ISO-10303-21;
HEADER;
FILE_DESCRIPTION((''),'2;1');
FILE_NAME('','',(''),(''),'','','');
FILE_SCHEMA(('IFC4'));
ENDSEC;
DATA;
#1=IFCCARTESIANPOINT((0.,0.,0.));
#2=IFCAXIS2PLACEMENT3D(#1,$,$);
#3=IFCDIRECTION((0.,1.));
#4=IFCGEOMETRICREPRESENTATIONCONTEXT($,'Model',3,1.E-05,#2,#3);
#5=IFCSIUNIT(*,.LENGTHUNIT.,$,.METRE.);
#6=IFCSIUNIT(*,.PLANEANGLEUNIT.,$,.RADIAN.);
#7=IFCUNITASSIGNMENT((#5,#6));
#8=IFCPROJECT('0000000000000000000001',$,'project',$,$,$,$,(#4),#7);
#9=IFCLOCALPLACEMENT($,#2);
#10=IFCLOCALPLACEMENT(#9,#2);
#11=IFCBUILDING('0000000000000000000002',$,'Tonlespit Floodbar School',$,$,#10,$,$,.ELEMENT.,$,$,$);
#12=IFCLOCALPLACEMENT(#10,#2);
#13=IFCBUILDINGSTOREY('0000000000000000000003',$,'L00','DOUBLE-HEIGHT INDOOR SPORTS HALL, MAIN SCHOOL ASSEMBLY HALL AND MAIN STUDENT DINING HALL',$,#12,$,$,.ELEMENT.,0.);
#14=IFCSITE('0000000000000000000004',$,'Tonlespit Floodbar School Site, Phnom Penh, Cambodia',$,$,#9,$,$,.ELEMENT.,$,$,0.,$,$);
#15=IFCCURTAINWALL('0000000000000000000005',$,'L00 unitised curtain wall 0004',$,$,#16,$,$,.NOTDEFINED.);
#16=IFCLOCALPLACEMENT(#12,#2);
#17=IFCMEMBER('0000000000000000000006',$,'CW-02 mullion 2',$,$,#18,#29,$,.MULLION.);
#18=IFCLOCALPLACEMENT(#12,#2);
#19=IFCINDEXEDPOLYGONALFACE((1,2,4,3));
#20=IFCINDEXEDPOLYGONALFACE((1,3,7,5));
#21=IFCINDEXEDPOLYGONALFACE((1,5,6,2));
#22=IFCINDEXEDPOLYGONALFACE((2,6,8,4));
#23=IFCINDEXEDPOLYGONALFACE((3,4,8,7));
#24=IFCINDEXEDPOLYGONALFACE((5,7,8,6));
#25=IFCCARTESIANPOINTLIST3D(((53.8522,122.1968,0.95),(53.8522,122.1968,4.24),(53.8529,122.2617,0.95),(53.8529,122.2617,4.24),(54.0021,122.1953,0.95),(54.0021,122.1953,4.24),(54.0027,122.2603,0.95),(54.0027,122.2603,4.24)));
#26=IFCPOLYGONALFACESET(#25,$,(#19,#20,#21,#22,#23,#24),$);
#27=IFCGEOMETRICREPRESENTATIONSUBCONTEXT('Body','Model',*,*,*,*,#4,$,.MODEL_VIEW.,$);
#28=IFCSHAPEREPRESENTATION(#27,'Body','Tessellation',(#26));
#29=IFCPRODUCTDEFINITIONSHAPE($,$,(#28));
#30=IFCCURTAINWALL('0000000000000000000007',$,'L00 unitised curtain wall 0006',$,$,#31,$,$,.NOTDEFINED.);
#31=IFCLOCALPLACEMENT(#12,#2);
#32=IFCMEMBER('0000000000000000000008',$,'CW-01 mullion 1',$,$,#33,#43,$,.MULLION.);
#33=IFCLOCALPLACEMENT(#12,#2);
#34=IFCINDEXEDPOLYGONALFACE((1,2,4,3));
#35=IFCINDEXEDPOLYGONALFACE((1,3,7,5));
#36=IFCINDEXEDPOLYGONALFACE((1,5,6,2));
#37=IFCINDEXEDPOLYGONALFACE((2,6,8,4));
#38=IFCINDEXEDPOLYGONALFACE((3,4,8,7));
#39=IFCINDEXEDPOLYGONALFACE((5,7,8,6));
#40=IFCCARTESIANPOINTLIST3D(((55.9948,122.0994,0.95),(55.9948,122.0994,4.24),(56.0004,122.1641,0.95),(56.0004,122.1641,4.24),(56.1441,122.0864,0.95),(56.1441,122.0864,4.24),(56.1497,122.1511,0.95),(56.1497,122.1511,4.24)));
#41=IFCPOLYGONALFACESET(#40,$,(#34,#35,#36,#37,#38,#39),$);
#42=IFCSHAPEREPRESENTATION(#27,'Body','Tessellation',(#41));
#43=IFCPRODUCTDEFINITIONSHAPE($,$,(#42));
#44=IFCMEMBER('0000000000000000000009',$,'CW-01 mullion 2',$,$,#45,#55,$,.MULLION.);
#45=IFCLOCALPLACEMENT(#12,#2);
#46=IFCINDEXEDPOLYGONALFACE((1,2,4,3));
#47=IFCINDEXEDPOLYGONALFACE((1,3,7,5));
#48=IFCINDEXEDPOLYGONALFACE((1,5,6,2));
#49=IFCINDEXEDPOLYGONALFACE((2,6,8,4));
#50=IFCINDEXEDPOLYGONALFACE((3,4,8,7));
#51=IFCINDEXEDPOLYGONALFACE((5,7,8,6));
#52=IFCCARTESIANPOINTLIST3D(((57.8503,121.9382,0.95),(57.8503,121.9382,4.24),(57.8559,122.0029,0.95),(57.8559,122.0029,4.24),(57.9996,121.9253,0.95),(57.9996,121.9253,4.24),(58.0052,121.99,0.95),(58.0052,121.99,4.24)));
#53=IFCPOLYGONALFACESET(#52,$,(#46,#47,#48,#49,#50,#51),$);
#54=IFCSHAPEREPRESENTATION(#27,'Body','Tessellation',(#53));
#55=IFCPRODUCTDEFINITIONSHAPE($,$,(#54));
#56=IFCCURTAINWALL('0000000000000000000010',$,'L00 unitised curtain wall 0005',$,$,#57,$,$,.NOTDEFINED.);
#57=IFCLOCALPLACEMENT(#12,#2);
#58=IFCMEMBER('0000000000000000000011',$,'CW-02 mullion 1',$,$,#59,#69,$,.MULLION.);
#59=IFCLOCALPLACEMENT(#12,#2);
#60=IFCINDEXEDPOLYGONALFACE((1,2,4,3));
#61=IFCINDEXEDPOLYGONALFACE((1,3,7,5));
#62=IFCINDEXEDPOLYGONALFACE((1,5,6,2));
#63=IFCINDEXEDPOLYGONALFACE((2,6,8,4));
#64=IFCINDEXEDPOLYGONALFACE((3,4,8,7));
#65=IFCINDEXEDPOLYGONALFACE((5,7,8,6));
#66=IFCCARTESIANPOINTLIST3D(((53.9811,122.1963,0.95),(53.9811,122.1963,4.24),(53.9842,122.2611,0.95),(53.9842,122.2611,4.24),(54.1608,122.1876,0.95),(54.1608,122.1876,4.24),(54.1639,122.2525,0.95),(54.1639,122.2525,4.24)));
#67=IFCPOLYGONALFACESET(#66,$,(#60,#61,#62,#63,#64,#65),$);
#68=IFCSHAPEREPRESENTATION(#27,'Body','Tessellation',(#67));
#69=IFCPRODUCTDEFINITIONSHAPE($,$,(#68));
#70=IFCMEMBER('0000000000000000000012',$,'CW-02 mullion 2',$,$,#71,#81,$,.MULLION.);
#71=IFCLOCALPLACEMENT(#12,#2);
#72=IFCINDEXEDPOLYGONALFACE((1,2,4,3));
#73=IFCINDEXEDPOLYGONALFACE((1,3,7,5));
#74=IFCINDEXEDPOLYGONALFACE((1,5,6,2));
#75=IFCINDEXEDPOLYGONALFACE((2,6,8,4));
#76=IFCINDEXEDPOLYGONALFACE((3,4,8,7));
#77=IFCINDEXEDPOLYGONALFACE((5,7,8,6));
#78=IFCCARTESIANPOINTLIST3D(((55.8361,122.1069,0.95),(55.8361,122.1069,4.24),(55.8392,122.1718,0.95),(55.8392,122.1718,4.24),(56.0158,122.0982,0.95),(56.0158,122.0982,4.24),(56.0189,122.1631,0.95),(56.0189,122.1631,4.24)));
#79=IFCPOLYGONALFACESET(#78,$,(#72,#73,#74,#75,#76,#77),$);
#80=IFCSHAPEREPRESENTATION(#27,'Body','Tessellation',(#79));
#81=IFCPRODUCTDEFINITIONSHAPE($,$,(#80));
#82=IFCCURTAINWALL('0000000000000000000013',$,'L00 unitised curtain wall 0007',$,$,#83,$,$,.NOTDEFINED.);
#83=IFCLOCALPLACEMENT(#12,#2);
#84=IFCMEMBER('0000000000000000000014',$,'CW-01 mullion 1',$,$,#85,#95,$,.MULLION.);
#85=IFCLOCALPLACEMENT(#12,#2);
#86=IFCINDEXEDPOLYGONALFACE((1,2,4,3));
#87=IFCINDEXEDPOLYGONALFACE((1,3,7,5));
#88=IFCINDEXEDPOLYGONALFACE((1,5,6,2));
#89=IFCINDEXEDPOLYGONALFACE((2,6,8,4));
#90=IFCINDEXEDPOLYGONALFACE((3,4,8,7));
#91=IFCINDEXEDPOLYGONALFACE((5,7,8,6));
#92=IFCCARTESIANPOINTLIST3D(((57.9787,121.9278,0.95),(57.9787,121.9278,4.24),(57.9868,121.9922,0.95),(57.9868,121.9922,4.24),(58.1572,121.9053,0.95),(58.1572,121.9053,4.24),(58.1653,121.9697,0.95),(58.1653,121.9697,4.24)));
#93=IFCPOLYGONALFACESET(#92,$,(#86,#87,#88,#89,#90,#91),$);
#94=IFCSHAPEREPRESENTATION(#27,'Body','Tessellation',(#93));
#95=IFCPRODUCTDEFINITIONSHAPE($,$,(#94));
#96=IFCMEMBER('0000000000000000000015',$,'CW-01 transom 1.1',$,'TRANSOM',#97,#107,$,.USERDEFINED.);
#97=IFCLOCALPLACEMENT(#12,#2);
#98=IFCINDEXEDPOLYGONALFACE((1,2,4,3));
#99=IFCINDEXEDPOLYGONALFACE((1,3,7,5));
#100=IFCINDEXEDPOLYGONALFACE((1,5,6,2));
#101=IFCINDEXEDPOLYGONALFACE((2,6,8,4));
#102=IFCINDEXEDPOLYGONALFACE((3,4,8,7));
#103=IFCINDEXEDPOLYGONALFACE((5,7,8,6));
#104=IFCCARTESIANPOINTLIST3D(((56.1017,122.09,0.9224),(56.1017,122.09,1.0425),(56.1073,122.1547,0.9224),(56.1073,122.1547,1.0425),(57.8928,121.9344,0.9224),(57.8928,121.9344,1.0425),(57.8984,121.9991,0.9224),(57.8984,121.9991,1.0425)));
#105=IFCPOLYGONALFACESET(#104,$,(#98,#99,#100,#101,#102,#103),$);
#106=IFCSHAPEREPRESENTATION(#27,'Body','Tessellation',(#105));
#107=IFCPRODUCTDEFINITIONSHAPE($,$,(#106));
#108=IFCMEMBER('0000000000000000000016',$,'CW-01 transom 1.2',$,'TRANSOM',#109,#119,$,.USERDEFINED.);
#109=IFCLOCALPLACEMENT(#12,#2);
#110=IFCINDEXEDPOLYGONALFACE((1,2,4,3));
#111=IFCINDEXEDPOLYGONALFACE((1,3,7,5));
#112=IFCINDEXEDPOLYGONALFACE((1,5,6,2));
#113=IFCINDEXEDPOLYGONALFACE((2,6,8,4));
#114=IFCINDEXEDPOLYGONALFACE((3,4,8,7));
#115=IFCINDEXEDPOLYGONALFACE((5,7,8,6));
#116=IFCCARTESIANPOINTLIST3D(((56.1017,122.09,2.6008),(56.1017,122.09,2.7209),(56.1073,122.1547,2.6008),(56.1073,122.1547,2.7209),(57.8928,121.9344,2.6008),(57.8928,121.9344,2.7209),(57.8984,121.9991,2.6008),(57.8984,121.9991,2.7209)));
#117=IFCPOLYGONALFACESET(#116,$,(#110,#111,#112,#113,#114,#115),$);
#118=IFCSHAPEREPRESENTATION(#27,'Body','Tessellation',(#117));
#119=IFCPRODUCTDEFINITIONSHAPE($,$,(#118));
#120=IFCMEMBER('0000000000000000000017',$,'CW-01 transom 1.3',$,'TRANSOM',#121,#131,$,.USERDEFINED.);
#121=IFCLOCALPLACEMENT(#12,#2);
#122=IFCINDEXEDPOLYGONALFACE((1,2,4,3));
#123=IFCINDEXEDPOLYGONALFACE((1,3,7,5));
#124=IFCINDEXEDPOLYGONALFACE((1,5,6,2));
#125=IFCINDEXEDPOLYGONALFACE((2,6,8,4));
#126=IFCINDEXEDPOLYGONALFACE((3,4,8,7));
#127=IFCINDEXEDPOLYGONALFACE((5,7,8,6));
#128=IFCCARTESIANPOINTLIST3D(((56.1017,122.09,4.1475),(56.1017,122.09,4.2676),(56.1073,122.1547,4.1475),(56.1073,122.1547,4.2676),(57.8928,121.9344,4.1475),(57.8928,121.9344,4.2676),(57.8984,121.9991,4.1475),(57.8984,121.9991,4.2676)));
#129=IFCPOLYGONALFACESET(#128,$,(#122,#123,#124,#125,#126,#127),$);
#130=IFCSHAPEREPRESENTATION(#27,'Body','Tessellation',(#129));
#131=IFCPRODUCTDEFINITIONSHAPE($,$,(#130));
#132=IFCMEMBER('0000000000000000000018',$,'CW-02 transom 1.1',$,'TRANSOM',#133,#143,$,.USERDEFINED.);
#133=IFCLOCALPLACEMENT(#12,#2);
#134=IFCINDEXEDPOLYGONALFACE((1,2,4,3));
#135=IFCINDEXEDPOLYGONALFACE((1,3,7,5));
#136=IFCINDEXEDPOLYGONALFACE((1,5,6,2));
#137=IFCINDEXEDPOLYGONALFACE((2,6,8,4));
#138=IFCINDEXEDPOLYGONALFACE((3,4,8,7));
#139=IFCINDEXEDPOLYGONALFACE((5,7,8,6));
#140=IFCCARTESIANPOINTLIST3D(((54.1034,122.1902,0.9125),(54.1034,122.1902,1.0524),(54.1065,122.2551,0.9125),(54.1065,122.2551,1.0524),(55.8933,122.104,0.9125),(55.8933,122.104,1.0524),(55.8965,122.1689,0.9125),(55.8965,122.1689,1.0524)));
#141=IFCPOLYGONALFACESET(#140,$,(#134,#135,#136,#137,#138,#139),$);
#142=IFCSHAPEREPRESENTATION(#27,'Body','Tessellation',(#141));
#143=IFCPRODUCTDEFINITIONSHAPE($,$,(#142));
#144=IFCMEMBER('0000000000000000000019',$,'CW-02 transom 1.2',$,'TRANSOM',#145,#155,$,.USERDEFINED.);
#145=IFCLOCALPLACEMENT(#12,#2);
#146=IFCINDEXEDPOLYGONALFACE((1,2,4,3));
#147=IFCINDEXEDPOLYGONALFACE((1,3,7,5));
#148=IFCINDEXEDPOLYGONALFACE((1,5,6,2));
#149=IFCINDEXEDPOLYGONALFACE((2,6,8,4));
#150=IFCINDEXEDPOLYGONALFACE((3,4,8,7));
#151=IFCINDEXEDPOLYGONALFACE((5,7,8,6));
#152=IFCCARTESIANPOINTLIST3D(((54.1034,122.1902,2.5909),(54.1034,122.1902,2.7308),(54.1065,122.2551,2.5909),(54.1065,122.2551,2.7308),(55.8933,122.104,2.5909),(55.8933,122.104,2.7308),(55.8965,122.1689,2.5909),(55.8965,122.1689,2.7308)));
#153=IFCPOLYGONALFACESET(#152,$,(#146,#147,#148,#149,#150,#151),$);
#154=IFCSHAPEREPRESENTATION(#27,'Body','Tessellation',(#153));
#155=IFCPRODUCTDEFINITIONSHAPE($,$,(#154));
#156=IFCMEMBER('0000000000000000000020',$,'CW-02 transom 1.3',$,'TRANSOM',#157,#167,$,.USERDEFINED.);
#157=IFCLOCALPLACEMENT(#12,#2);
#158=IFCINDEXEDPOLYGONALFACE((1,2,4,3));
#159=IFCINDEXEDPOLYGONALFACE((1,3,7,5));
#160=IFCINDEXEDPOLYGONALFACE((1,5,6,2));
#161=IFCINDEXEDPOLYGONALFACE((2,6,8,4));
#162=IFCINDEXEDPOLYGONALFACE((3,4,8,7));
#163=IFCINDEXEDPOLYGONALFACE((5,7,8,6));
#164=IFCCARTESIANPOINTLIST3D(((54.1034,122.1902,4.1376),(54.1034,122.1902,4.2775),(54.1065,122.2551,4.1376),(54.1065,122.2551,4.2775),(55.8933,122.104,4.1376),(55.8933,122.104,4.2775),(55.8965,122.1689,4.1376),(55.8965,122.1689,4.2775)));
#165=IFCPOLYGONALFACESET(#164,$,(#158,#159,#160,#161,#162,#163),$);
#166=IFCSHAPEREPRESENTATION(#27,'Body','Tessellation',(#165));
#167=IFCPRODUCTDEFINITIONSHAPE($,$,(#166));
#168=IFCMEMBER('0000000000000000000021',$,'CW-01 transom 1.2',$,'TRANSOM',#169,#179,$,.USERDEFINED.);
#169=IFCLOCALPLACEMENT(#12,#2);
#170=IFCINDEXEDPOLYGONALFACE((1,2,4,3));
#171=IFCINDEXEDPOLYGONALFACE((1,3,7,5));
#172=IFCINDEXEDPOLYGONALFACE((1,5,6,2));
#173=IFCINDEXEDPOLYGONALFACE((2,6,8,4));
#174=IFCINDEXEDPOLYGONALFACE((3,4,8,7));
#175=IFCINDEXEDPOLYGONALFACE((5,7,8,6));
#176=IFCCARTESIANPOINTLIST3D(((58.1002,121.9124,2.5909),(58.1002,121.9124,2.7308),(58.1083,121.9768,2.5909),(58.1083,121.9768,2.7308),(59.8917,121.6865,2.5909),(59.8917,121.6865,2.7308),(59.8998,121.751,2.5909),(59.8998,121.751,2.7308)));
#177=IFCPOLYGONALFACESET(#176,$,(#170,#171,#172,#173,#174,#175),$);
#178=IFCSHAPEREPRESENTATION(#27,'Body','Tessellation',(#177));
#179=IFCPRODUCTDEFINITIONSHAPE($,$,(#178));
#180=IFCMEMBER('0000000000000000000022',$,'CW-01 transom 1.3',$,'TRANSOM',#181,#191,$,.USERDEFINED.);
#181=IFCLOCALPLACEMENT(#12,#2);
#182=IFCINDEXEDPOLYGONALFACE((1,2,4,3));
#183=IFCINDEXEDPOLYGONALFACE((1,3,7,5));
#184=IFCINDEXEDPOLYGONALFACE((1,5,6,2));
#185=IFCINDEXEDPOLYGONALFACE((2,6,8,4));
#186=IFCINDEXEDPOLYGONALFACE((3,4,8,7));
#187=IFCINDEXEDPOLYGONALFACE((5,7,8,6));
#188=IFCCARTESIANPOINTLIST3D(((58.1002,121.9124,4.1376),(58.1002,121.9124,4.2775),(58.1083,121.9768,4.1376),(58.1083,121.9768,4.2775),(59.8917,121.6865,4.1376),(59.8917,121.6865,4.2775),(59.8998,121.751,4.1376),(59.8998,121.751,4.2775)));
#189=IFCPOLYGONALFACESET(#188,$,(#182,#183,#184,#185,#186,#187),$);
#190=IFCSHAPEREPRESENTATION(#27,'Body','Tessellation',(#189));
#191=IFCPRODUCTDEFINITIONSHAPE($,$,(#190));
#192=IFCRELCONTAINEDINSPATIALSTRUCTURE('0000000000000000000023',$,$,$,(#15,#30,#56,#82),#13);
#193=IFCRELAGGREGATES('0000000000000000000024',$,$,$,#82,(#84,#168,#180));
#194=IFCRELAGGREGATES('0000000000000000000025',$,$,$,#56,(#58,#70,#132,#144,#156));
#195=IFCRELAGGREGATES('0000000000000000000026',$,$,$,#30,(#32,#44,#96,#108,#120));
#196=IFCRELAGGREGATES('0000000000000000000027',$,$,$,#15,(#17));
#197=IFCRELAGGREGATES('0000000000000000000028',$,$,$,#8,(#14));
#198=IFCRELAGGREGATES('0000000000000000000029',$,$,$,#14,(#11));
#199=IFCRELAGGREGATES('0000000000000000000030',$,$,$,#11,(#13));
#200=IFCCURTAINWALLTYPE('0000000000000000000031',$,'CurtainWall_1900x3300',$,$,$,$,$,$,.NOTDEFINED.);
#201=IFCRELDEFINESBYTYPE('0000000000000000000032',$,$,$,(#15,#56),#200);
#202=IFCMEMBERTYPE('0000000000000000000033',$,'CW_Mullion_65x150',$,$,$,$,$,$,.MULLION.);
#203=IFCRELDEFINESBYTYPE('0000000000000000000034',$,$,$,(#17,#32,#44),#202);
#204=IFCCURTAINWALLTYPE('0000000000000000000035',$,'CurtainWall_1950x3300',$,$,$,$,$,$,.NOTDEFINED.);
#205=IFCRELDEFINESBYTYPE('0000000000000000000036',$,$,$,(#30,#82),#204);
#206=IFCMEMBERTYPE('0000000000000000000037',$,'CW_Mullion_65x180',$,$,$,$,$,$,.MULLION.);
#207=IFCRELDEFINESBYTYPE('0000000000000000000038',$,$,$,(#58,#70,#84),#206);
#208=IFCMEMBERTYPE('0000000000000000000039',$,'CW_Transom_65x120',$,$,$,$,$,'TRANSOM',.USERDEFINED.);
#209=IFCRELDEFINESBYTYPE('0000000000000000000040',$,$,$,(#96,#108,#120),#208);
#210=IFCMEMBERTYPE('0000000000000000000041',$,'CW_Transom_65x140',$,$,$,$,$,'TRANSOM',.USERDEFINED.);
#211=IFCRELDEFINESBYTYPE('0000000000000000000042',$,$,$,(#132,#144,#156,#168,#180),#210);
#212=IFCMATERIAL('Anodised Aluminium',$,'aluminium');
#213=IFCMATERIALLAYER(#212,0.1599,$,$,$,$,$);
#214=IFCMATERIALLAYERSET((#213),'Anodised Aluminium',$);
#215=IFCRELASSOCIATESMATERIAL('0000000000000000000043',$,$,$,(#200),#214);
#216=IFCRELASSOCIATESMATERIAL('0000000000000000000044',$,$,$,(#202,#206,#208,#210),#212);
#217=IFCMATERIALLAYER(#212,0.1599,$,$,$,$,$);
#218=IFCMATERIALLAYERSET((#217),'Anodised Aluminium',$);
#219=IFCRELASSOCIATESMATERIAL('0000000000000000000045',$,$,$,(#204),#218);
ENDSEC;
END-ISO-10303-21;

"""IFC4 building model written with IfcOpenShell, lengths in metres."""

from ifc_helpers import new_model, si_unit, direction, frame, origin, origin_2d, place, context, subcontext, project, spatial, rectangle, extrude, material, layer, layer_set, material_profile, profile_set, type_object, element, aggregate, save


model = new_model("IFC4")

# Units and contexts
model_context = context("Model", 3, precision=1e-05, world=origin(), true_north=direction((0.0, 1.0)))
body_context = subcontext(model_context, "Body", "Model", "MODEL_VIEW")
ifc_project = project(units=[si_unit("LENGTHUNIT", "METRE"), si_unit("PLANEANGLEUNIT", "RADIAN")], contexts=[model_context])

# Site, building, storey
site_placement = place(None, origin())
site = spatial("IfcSite", under=ifc_project, at=site_placement, Name="Tonlespit Floodbar School Site, Phnom Penh, Cambodia", CompositionType="ELEMENT", RefElevation=0.0)
building_placement = place(site_placement, origin())
building = spatial("IfcBuilding", under=site, at=building_placement, Name="Tonlespit Floodbar School", CompositionType="ELEMENT")
storey_placement = place(building_placement, origin())
storey = spatial("IfcBuildingStorey", under=building, at=storey_placement, Name="L00", Description="DOUBLE-HEIGHT INDOOR SPORTS HALL, MAIN SCHOOL ASSEMBLY HALL AND MAIN STUDENT DINING HALL", CompositionType="ELEMENT", Elevation=0.0)

# Curtain wall, member
ifc_material_1 = material(Name="Anodised Aluminium", Category="aluminium")
ifc_layer_1 = layer(ifc_material_1, 0.1599)
ifc_layer_set_1 = layer_set([ifc_layer_1], Name="Anodised Aluminium")
curtain_wall_type_1 = type_object("IfcCurtainWallType", Name="CurtainWall_1900x3300", PredefinedType="NOTDEFINED", material=ifc_layer_set_1)
curtain_wall_1_placement = place(storey_placement, origin())
curtain_wall_1 = element("IfcCurtainWall", 1, at=curtain_wall_1_placement, inside=storey, type_object=curtain_wall_type_1, Name="L00 unitised curtain wall 0004", PredefinedType="NOTDEFINED")
ifc_material_profile_1 = material_profile(ifc_material_1, rectangle(XDim=0.0649, YDim=0.1499, at=origin_2d()), Name="ALU M65x150")
ifc_profile_set_1 = profile_set([ifc_material_profile_1], Name="Anodised Aluminium")
member_type_1 = type_object("IfcMemberType", Name="CW_Mullion_65x150", PredefinedType="MULLION", material=ifc_profile_set_1)
member_1_placement = place(storey_placement, frame((53.9275, 122.2285, 0.95), z_axis=(0.0, 0.0, 1.0), x_axis=(0.009583, 0.999954, 0.0)))
member_1 = element("IfcMember", 2, at=member_1_placement, type_object=member_type_1, Name="CW-02 mullion 2", PredefinedType="MULLION", context=body_context, shape_type="SweptSolid", body=[
    extrude(rectangle(XDim=0.0649, YDim=0.1499, at=origin_2d()), origin(), (0.0, 0.0, 1.0), 3.29),
])

# Curtain walls, members
ifc_layer_2 = layer(ifc_material_1, 0.1599)
ifc_layer_set_2 = layer_set([ifc_layer_2], Name="Anodised Aluminium")
curtain_wall_type_2 = type_object("IfcCurtainWallType", Name="CurtainWall_1950x3300", PredefinedType="NOTDEFINED", material=ifc_layer_set_2)
curtain_wall_2_placement = place(storey_placement, origin())
curtain_wall_2 = element("IfcCurtainWall", 3, at=curtain_wall_2_placement, inside=storey, type_object=curtain_wall_type_2, Name="L00 unitised curtain wall 0006", PredefinedType="NOTDEFINED")
member_2_placement = place(storey_placement, frame((56.0723, 122.1252, 0.95), z_axis=(0.0, 0.0, 1.0), x_axis=(0.086531, 0.996249, 0.0)))
member_2 = element("IfcMember", 4, at=member_2_placement, type_object=member_type_1, Name="CW-01 mullion 1", PredefinedType="MULLION", context=body_context, shape_type="SweptSolid", body=[
    extrude(rectangle(XDim=0.0649, YDim=0.1499, at=origin_2d()), origin(), (0.0, 0.0, 1.0), 3.29),
])
member_3_placement = place(storey_placement, frame((57.9277, 121.9641, 0.95), z_axis=(0.0, 0.0, 1.0), x_axis=(0.086531, 0.996249, 0.0)))
member_3 = element("IfcMember", 5, at=member_3_placement, type_object=member_type_1, Name="CW-01 mullion 2", PredefinedType="MULLION", context=body_context, shape_type="SweptSolid", body=[
    extrude(rectangle(XDim=0.0649, YDim=0.1499, at=origin_2d()), origin(), (0.0, 0.0, 1.0), 3.29),
])
curtain_wall_3_placement = place(storey_placement, origin())
curtain_wall_3 = element("IfcCurtainWall", 6, at=curtain_wall_3_placement, inside=storey, type_object=curtain_wall_type_1, Name="L00 unitised curtain wall 0005", PredefinedType="NOTDEFINED")
ifc_material_profile_2 = material_profile(ifc_material_1, rectangle(XDim=0.0649, YDim=0.1799, at=origin_2d()), Name="ALU M65x180")
ifc_profile_set_2 = profile_set([ifc_material_profile_2], Name="Anodised Aluminium")
member_type_2 = type_object("IfcMemberType", Name="CW_Mullion_65x180", PredefinedType="MULLION", material=ifc_profile_set_2)
member_4_placement = place(storey_placement, frame((54.0725, 122.2244, 0.95), z_axis=(0.0, 0.0, 1.0), x_axis=(0.048121, 0.998842, 0.0)))
member_4 = element("IfcMember", 7, at=member_4_placement, type_object=member_type_2, Name="CW-02 mullion 1", PredefinedType="MULLION", context=body_context, shape_type="SweptSolid", body=[
    extrude(rectangle(XDim=0.0649, YDim=0.1799, at=origin_2d()), origin(), (0.0, 0.0, 1.0), 3.29),
])
member_5_placement = place(storey_placement, frame((55.9275, 122.135, 0.95), z_axis=(0.0, 0.0, 1.0), x_axis=(0.048121, 0.998842, 0.0)))
member_5 = element("IfcMember", 8, at=member_5_placement, type_object=member_type_2, Name="CW-02 mullion 2", PredefinedType="MULLION", context=body_context, shape_type="SweptSolid", body=[
    extrude(rectangle(XDim=0.0649, YDim=0.1799, at=origin_2d()), origin(), (0.0, 0.0, 1.0), 3.29),
])

# Curtain wall, member
curtain_wall_4_placement = place(storey_placement, origin())
curtain_wall_4 = element("IfcCurtainWall", 9, at=curtain_wall_4_placement, inside=storey, type_object=curtain_wall_type_2, Name="L00 unitised curtain wall 0007", PredefinedType="NOTDEFINED")
member_6_placement = place(storey_placement, frame((58.072, 121.9487, 0.95), z_axis=(0.0, 0.0, 1.0), x_axis=(0.125014, 0.992155, 0.0)))
member_6 = element("IfcMember", 10, at=member_6_placement, type_object=member_type_2, Name="CW-01 mullion 1", PredefinedType="MULLION", context=body_context, shape_type="SweptSolid", body=[
    extrude(rectangle(XDim=0.0649, YDim=0.1799, at=origin_2d()), origin(), (0.0, 0.0, 1.0), 3.29),
])

# Members
ifc_material_profile_3 = material_profile(ifc_material_1, rectangle(XDim=0.0649, YDim=0.1201, at=origin_2d()), Name="ALU T65x120")
ifc_profile_set_3 = profile_set([ifc_material_profile_3], Name="Anodised Aluminium")
member_type_3 = type_object("IfcMemberType", Name="CW_Transom_65x120", ElementType="TRANSOM", PredefinedType="USERDEFINED", material=ifc_profile_set_3)
member_7_placement = place(storey_placement, frame((56.1045, 122.1223, 0.9824), z_axis=(0.996251, -0.086507, 0.0), x_axis=(0.086507, 0.996251, 0.0)))
member_7 = element("IfcMember", 11, at=member_7_placement, type_object=member_type_3, Name="CW-01 transom 1.1", ObjectType="TRANSOM", PredefinedType="USERDEFINED", context=body_context, shape_type="SweptSolid", body=[
    extrude(rectangle(XDim=0.0649, YDim=0.1201, at=origin_2d()), origin(), (0.0, 0.0, 1.0), 1.7979),
])
member_8_placement = place(storey_placement, frame((56.1045, 122.1223, 2.6609), z_axis=(0.996251, -0.086507, 0.0), x_axis=(0.086507, 0.996251, 0.0)))
member_8 = element("IfcMember", 12, at=member_8_placement, type_object=member_type_3, Name="CW-01 transom 1.2", ObjectType="TRANSOM", PredefinedType="USERDEFINED", context=body_context, shape_type="SweptSolid", body=[
    extrude(rectangle(XDim=0.0649, YDim=0.1201, at=origin_2d()), origin(), (0.0, 0.0, 1.0), 1.7979),
])
member_9_placement = place(storey_placement, frame((56.1045, 122.1223, 4.2075), z_axis=(0.996251, -0.086507, 0.0), x_axis=(0.086507, 0.996251, 0.0)))
member_9 = element("IfcMember", 13, at=member_9_placement, type_object=member_type_3, Name="CW-01 transom 1.3", ObjectType="TRANSOM", PredefinedType="USERDEFINED", context=body_context, shape_type="SweptSolid", body=[
    extrude(rectangle(XDim=0.0649, YDim=0.1201, at=origin_2d()), origin(), (0.0, 0.0, 1.0), 1.7979),
])
ifc_material_profile_4 = material_profile(ifc_material_1, rectangle(XDim=0.0649, YDim=0.1399, at=origin_2d()), Name="ALU T65x140")
ifc_profile_set_4 = profile_set([ifc_material_profile_4], Name="Anodised Aluminium")
member_type_4 = type_object("IfcMemberType", Name="CW_Transom_65x140", ElementType="TRANSOM", PredefinedType="USERDEFINED", material=ifc_profile_set_4)
member_10_placement = place(storey_placement, frame((54.105, 122.2227, 0.9824), z_axis=(0.998843, -0.048089, 0.0), x_axis=(0.048089, 0.998843, 0.0)))
member_10 = element("IfcMember", 14, at=member_10_placement, type_object=member_type_4, Name="CW-02 transom 1.1", ObjectType="TRANSOM", PredefinedType="USERDEFINED", context=body_context, shape_type="SweptSolid", body=[
    extrude(rectangle(XDim=0.0649, YDim=0.1399, at=origin_2d()), origin(), (0.0, 0.0, 1.0), 1.792),
])
member_11_placement = place(storey_placement, frame((54.105, 122.2227, 2.6609), z_axis=(0.998843, -0.048089, 0.0), x_axis=(0.048089, 0.998843, 0.0)))
member_11 = element("IfcMember", 15, at=member_11_placement, type_object=member_type_4, Name="CW-02 transom 1.2", ObjectType="TRANSOM", PredefinedType="USERDEFINED", context=body_context, shape_type="SweptSolid", body=[
    extrude(rectangle(XDim=0.0649, YDim=0.1399, at=origin_2d()), origin(), (0.0, 0.0, 1.0), 1.792),
])
member_12_placement = place(storey_placement, frame((54.105, 122.2227, 4.2075), z_axis=(0.998843, -0.048089, 0.0), x_axis=(0.048089, 0.998843, 0.0)))
member_12 = element("IfcMember", 16, at=member_12_placement, type_object=member_type_4, Name="CW-02 transom 1.3", ObjectType="TRANSOM", PredefinedType="USERDEFINED", context=body_context, shape_type="SweptSolid", body=[
    extrude(rectangle(XDim=0.0649, YDim=0.1399, at=origin_2d()), origin(), (0.0, 0.0, 1.0), 1.792),
])
member_13_placement = place(storey_placement, frame((58.1042, 121.9446, 2.6609), z_axis=(0.992148, -0.125066, 0.0), x_axis=(0.125066, 0.992148, 0.0)))
member_13 = element("IfcMember", 17, at=member_13_placement, type_object=member_type_4, Name="CW-01 transom 1.2", ObjectType="TRANSOM", PredefinedType="USERDEFINED", context=body_context, shape_type="SweptSolid", body=[
    extrude(rectangle(XDim=0.0649, YDim=0.1399, at=origin_2d()), origin(), (0.0, 0.0, 1.0), 1.8057),
])
member_14_placement = place(storey_placement, frame((58.1042, 121.9446, 4.2075), z_axis=(0.992148, -0.125066, 0.0), x_axis=(0.125066, 0.992148, 0.0)))
member_14 = element("IfcMember", 18, at=member_14_placement, type_object=member_type_4, Name="CW-01 transom 1.3", ObjectType="TRANSOM", PredefinedType="USERDEFINED", context=body_context, shape_type="SweptSolid", body=[
    extrude(rectangle(XDim=0.0649, YDim=0.1399, at=origin_2d()), origin(), (0.0, 0.0, 1.0), 1.8057),
])
aggregate(curtain_wall_4, [member_6, member_13, member_14])

aggregate(curtain_wall_3, [member_4, member_5, member_10, member_11, member_12])
aggregate(curtain_wall_2, [member_2, member_3, member_7, member_8, member_9])
aggregate(curtain_wall_1, [member_1])

save(model, "model.ifc")
